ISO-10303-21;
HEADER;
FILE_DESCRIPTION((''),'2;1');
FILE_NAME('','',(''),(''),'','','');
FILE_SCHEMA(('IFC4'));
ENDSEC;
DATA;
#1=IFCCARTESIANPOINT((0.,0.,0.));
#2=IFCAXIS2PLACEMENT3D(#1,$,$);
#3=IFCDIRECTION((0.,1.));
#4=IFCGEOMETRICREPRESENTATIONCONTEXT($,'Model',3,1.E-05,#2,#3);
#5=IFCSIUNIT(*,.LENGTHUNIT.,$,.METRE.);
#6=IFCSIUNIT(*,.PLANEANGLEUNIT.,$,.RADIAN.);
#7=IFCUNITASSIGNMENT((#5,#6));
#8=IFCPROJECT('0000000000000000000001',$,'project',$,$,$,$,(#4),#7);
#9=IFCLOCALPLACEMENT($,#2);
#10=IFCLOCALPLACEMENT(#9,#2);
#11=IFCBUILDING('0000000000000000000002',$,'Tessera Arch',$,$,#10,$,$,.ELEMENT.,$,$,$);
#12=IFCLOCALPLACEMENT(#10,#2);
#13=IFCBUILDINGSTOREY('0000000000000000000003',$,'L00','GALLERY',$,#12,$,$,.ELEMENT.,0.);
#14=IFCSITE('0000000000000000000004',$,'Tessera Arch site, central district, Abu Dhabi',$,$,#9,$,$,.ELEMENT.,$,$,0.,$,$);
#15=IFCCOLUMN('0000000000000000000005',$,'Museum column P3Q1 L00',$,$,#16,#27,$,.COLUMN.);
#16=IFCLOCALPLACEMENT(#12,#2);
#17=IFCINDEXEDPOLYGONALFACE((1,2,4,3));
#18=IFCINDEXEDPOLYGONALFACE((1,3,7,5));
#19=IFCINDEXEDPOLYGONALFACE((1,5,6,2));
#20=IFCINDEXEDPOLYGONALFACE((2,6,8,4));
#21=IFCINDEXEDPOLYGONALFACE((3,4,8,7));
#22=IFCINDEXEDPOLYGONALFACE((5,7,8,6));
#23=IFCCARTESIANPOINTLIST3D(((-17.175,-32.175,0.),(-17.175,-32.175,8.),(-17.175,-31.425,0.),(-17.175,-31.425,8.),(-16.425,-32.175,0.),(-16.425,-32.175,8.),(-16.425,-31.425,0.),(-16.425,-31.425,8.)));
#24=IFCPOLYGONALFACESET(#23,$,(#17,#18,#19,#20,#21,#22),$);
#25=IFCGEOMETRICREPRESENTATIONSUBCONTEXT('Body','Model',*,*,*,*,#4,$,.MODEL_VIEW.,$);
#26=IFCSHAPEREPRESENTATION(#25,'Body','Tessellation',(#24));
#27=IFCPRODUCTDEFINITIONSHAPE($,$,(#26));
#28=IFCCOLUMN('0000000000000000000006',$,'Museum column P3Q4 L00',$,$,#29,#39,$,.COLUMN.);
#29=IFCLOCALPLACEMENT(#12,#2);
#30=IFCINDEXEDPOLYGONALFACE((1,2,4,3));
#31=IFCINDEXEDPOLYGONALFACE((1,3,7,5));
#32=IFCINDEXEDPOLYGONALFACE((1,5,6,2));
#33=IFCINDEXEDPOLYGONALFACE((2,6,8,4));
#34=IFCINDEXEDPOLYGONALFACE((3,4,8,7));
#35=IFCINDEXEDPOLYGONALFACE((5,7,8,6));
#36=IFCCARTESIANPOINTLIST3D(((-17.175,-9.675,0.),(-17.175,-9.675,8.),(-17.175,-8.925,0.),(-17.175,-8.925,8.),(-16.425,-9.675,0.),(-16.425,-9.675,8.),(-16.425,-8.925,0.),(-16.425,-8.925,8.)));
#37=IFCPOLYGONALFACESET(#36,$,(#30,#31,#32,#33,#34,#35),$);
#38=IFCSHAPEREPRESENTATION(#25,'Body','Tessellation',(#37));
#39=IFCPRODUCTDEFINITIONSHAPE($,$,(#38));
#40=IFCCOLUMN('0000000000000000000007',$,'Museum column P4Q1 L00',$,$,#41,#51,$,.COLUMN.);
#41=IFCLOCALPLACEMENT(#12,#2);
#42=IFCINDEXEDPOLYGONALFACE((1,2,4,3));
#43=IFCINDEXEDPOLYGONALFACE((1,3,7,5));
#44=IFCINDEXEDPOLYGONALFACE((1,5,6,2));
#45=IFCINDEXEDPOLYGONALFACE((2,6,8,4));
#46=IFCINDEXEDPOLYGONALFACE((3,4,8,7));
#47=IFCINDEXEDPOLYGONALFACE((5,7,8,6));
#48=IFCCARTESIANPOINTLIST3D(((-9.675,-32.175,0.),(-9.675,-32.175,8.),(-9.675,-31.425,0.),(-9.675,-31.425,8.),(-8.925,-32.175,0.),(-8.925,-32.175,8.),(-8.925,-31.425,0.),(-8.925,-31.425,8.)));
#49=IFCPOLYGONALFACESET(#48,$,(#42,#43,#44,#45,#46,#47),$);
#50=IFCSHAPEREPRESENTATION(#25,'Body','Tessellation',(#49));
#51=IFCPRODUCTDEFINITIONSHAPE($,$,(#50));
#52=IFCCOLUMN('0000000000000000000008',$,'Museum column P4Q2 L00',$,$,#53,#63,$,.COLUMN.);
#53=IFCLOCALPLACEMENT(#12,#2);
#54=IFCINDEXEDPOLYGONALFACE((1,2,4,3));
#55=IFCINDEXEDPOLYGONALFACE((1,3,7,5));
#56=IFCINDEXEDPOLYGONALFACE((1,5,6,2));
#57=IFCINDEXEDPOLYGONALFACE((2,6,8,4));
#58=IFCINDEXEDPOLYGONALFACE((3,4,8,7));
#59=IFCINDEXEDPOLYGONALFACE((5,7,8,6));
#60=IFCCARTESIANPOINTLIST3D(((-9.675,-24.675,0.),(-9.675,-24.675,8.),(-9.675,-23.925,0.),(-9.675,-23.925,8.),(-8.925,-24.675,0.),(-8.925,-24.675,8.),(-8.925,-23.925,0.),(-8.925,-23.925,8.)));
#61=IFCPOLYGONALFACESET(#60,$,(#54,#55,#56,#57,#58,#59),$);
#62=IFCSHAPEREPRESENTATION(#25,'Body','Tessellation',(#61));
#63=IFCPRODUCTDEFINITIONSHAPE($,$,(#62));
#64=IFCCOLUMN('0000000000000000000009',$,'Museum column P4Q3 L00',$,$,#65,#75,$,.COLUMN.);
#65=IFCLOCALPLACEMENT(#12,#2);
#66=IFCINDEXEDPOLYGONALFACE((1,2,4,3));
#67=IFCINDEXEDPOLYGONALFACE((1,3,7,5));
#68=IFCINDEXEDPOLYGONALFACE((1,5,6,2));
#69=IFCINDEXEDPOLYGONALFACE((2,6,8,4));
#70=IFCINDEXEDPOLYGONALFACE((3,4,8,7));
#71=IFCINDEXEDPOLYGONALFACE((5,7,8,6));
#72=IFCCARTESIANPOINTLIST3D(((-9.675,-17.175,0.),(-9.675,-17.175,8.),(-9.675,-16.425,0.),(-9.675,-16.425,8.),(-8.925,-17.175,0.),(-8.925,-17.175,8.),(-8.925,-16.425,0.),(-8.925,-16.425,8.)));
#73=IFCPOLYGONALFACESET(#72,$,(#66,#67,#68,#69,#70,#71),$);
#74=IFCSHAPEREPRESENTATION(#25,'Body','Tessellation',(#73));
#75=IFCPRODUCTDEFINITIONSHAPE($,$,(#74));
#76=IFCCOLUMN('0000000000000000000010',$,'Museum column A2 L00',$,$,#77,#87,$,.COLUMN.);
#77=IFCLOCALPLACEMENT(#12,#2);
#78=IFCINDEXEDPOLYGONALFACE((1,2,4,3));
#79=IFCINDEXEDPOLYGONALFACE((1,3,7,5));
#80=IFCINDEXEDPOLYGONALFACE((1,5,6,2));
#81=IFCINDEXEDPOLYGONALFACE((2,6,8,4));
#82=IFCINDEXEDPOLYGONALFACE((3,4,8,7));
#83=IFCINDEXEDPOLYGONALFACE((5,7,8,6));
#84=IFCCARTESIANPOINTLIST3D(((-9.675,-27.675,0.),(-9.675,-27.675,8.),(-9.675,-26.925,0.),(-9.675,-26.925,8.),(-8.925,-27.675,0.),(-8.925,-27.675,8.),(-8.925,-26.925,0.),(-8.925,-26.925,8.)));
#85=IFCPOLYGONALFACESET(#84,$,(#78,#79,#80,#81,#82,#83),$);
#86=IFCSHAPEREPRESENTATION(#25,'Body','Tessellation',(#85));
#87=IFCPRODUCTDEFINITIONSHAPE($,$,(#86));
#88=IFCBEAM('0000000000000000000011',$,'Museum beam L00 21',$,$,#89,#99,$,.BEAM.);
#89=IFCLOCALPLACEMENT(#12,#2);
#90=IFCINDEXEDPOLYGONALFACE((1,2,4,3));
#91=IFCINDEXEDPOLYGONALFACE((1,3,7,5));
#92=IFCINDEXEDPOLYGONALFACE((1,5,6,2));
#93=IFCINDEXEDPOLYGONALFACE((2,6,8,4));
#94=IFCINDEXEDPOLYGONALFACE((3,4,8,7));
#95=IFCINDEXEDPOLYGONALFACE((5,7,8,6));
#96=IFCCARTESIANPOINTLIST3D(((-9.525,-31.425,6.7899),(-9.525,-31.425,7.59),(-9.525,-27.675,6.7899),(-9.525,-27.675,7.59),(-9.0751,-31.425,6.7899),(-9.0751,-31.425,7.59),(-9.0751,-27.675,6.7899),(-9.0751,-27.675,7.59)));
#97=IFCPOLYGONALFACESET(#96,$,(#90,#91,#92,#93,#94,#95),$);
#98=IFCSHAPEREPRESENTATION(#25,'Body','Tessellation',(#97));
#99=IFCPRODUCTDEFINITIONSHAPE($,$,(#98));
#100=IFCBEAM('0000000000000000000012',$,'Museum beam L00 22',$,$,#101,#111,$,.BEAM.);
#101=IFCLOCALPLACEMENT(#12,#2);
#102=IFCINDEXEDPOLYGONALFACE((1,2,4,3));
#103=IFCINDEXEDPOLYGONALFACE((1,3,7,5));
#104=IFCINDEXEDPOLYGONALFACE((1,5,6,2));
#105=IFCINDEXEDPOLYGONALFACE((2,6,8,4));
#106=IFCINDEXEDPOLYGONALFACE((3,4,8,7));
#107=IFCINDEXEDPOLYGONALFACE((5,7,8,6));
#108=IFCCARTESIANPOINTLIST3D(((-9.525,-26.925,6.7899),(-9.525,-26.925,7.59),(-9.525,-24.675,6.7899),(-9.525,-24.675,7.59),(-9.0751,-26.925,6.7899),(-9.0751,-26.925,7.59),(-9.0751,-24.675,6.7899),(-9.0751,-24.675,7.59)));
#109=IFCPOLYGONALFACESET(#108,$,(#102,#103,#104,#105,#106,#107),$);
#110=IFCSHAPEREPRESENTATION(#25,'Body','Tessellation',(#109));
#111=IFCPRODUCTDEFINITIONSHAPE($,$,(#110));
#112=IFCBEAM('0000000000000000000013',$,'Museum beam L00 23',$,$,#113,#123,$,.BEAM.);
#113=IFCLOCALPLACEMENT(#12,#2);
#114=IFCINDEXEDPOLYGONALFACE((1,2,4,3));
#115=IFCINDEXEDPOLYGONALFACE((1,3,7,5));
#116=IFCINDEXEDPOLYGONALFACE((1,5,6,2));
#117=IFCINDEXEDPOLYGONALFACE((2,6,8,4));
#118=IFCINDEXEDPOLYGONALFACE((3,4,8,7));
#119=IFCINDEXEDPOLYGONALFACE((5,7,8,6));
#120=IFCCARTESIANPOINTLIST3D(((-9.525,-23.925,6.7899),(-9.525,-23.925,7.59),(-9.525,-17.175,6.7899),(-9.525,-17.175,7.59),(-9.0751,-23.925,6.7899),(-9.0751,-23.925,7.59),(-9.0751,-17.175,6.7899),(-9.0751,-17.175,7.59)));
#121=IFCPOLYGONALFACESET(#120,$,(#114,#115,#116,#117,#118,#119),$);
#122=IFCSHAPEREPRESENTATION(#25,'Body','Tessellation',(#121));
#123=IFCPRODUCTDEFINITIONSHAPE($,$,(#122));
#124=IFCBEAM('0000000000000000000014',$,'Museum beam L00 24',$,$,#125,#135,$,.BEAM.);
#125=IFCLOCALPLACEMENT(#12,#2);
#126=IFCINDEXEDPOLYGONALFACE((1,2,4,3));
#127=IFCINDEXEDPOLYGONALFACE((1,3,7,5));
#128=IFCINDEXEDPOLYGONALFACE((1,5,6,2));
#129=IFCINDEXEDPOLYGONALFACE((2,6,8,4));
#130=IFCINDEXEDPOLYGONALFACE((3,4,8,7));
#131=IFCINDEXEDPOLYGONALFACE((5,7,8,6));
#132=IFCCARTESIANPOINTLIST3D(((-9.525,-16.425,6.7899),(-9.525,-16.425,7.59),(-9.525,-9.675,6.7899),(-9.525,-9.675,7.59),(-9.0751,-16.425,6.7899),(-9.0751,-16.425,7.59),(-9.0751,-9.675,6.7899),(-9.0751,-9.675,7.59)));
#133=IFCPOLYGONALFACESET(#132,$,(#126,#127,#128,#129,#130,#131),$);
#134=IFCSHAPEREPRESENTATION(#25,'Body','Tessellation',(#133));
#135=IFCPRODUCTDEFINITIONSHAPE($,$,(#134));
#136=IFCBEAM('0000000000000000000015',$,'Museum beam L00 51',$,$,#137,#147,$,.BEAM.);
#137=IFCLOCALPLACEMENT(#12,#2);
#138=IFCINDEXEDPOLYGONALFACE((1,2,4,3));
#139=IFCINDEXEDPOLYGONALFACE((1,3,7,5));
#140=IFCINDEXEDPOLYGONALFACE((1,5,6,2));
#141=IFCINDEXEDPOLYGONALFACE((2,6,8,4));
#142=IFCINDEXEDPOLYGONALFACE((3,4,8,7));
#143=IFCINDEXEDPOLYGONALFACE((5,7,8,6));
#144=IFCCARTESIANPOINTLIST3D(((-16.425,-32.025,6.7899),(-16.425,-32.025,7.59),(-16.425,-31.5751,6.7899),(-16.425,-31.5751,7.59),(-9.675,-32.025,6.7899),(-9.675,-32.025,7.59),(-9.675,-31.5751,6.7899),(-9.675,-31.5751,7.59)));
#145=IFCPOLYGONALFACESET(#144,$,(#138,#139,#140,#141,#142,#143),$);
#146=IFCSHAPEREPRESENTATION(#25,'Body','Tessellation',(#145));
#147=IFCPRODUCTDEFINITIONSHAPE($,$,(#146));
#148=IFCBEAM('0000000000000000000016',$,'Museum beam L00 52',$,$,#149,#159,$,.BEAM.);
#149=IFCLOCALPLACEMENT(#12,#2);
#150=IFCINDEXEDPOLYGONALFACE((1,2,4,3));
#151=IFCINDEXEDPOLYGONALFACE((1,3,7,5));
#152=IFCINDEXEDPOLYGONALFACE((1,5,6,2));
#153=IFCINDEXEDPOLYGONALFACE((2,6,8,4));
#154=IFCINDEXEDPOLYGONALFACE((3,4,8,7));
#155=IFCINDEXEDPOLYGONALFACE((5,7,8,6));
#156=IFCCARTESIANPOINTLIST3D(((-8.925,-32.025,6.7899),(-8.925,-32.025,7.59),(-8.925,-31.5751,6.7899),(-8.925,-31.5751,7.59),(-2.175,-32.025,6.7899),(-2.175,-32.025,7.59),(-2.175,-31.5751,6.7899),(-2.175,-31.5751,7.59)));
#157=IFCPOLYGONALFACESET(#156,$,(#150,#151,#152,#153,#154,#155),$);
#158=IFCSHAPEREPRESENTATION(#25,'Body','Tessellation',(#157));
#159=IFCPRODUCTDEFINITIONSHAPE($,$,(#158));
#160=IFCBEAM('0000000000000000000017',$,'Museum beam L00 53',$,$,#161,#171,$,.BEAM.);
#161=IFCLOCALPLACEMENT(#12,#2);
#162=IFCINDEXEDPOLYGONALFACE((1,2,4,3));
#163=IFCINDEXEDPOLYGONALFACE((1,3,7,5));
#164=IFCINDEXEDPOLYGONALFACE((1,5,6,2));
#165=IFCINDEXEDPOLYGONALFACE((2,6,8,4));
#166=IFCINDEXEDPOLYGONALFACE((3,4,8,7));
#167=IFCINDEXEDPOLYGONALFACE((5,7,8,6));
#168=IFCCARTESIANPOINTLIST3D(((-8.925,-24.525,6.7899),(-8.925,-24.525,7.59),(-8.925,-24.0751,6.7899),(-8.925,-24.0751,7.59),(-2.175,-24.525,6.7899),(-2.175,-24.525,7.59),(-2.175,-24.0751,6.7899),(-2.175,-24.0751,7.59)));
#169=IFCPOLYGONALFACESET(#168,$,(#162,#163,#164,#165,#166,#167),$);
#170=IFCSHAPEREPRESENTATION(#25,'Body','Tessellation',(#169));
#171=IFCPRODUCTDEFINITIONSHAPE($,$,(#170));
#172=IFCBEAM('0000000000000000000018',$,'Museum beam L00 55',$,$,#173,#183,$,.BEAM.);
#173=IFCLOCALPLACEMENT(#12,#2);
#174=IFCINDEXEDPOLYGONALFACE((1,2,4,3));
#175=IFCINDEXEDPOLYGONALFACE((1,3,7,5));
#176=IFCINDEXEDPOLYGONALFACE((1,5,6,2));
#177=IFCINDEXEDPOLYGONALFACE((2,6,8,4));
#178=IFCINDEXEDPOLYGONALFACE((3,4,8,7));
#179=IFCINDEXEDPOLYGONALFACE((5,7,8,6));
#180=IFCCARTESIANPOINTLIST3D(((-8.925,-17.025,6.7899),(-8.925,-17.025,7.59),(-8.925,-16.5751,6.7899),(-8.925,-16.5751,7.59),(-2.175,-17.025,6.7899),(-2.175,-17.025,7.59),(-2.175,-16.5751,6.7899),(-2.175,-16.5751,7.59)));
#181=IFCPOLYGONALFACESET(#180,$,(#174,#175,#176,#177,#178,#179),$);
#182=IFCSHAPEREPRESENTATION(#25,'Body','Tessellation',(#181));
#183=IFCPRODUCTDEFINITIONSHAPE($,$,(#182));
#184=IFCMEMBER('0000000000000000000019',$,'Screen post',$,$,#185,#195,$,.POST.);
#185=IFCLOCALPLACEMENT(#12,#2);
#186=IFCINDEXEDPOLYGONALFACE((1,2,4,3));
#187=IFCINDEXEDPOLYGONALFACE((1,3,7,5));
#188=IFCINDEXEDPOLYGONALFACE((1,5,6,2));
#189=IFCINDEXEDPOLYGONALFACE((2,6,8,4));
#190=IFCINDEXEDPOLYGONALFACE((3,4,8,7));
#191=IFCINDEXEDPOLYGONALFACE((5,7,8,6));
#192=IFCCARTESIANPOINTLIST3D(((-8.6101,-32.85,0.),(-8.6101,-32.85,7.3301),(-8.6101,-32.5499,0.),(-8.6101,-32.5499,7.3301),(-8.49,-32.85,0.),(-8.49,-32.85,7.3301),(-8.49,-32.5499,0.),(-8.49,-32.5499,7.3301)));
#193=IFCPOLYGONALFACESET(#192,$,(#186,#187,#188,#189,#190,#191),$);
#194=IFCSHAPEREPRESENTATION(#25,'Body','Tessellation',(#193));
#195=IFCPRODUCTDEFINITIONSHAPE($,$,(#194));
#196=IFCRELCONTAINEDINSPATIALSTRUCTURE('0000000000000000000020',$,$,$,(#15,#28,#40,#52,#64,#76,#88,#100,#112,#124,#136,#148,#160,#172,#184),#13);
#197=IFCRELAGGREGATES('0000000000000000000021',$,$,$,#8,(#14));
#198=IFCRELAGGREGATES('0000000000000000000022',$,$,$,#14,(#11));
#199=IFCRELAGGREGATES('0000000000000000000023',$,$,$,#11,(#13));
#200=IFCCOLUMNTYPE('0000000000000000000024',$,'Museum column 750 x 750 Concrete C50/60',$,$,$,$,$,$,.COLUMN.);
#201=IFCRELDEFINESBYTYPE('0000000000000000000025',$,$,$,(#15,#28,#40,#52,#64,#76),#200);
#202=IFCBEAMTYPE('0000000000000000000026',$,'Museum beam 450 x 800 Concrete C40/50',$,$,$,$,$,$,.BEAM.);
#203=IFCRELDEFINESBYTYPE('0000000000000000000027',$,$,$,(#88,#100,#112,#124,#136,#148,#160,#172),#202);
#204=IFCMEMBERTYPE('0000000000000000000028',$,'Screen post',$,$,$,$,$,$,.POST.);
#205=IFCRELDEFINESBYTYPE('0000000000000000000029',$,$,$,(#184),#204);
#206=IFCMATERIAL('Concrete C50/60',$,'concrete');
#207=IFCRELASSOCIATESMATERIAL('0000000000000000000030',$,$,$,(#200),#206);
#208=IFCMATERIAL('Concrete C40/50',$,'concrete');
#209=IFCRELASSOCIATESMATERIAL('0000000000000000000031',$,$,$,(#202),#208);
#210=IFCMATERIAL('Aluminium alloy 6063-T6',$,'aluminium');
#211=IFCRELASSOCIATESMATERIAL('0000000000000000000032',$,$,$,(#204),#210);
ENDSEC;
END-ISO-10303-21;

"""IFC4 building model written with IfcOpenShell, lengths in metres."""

from ifc_helpers import new_model, si_unit, direction, frame, origin, origin_2d, place, context, subcontext, project, spatial, rectangle, extrude, material, material_profile, profile_set, type_object, element, save


model = new_model("IFC4")

# Units and contexts
model_context = context("Model", 3, precision=1e-05, world=origin(), true_north=direction((0.0, 1.0)))
body_context = subcontext(model_context, "Body", "Model", "MODEL_VIEW")
ifc_project = project(units=[si_unit("LENGTHUNIT", "METRE"), si_unit("PLANEANGLEUNIT", "RADIAN")], contexts=[model_context])

# Site, building, storey
site_placement = place(None, origin())
site = spatial("IfcSite", under=ifc_project, at=site_placement, Name="Tessera Arch site, central district, Abu Dhabi", CompositionType="ELEMENT", RefElevation=0.0)
building_placement = place(site_placement, origin())
building = spatial("IfcBuilding", under=site, at=building_placement, Name="Tessera Arch", CompositionType="ELEMENT")
storey_placement = place(building_placement, origin())
storey = spatial("IfcBuildingStorey", under=building, at=storey_placement, Name="L00", Description="GALLERY", CompositionType="ELEMENT", Elevation=0.0)

# Columns
ifc_material_1 = material(Name="Concrete C50/60", Category="concrete")
ifc_material_profile_1 = material_profile(ifc_material_1, rectangle(XDim=0.75, YDim=0.75, at=origin_2d()), Name="Museum column 750 x 750 Concrete C50/60")
ifc_profile_set_1 = profile_set([ifc_material_profile_1], Name="Concrete C50/60")
column_type = type_object("IfcColumnType", Name="Museum column 750 x 750 Concrete C50/60", PredefinedType="COLUMN", material=ifc_profile_set_1)
for number, where, z_axis, x_axis, name in (
    (1, (-16.8, -31.8, 0.0), (0.0, 0.0, 1.0), (1.0, 0.0, 0.0), "Museum column P3Q1 L00"),
    (2, (-16.8, -9.3, 0.0), (0.0, 0.0, 1.0), (1.0, 0.0, 0.0), "Museum column P3Q4 L00"),
    (3, (-9.3, -31.8, 0.0), (0.0, 0.0, 1.0), (1.0, 0.0, 0.0), "Museum column P4Q1 L00"),
    (4, (-9.3, -24.3, 0.0), (0.0, 0.0, 1.0), (1.0, 0.0, 0.0), "Museum column P4Q2 L00"),
    (5, (-9.3, -16.8, 0.0), (0.0, 0.0, 1.0), (1.0, 0.0, 0.0), "Museum column P4Q3 L00"),
    (6, (-9.3, -27.3, 0.0), (0.0, 0.0, 1.0), (1.0, 0.0, 0.0), "Museum column A2 L00"),
):
    element("IfcColumn", number, at=place(storey_placement, frame(where, z_axis=z_axis, x_axis=x_axis)), inside=storey, type_object=column_type, Name=name, PredefinedType="COLUMN", context=body_context, shape_type="SweptSolid", body=[
        extrude(rectangle(XDim=0.75, YDim=0.75, at=origin_2d()), origin(), (0.0, 0.0, 1.0), 8.0),
    ])

# Beams
ifc_material_2 = material(Name="Concrete C40/50", Category="concrete")
ifc_material_profile_2 = material_profile(ifc_material_2, rectangle(XDim=0.45, YDim=0.8, at=origin_2d()), Name="Museum beam 450 x 800 Concrete C40/50")
ifc_profile_set_2 = profile_set([ifc_material_profile_2], Name="Concrete C40/50")
beam_type = type_object("IfcBeamType", Name="Museum beam 450 x 800 Concrete C40/50", PredefinedType="BEAM", material=ifc_profile_set_2)
beam_1_placement = place(storey_placement, frame((-9.3, -31.425, 7.1899), z_axis=(0.0, 1.0, 0.0), x_axis=(-1.0, 0.0, 0.0)))
element("IfcBeam", 7, at=beam_1_placement, inside=storey, type_object=beam_type, Name="Museum beam L00 21", PredefinedType="BEAM", context=body_context, shape_type="SweptSolid", body=[
    extrude(rectangle(XDim=0.45, YDim=0.8, at=origin_2d()), origin(), (0.0, 0.0, 1.0), 3.75),
])
beam_2_placement = place(storey_placement, frame((-9.3, -26.925, 7.1899), z_axis=(0.0, 1.0, 0.0), x_axis=(-1.0, 0.0, 0.0)))
element("IfcBeam", 8, at=beam_2_placement, inside=storey, type_object=beam_type, Name="Museum beam L00 22", PredefinedType="BEAM", context=body_context, shape_type="SweptSolid", body=[
    extrude(rectangle(XDim=0.45, YDim=0.8, at=origin_2d()), origin(), (0.0, 0.0, 1.0), 2.25),
])
for number, where, z_axis, x_axis, name in (
    (9, (-9.3, -23.925, 7.1899), (0.0, 1.0, 0.0), (-1.0, 0.0, 0.0), "Museum beam L00 23"),
    (10, (-9.3, -16.425, 7.1899), (0.0, 1.0, 0.0), (-1.0, 0.0, 0.0), "Museum beam L00 24"),
    (11, (-16.425, -31.8, 7.1899), (1.0, 0.0, 0.0), (0.0, 1.0, 0.0), "Museum beam L00 51"),
    (12, (-8.925, -31.8, 7.1899), (1.0, 0.0, 0.0), (0.0, 1.0, 0.0), "Museum beam L00 52"),
    (13, (-8.925, -24.3, 7.1899), (1.0, 0.0, 0.0), (0.0, 1.0, 0.0), "Museum beam L00 53"),
    (14, (-8.925, -16.8, 7.1899), (1.0, 0.0, 0.0), (0.0, 1.0, 0.0), "Museum beam L00 55"),
):
    element("IfcBeam", number, at=place(storey_placement, frame(where, z_axis=z_axis, x_axis=x_axis)), inside=storey, type_object=beam_type, Name=name, PredefinedType="BEAM", context=body_context, shape_type="SweptSolid", body=[
        extrude(rectangle(XDim=0.45, YDim=0.8, at=origin_2d()), origin(), (0.0, 0.0, 1.0), 6.75),
    ])

# Member
ifc_material_3 = material(Name="Aluminium alloy 6063-T6", Category="aluminium")
ifc_material_profile_3 = material_profile(ifc_material_3, rectangle(XDim=0.3, YDim=0.1201, at=origin_2d()), Name="AL 120x300")
ifc_profile_set_3 = profile_set([ifc_material_profile_3], Name="Aluminium alloy 6063-T6")
member_type = type_object("IfcMemberType", Name="Screen post", PredefinedType="POST", material=ifc_profile_set_3)
member_placement = place(storey_placement, frame((-8.55, -32.7, 0.0), z_axis=(0.0, 0.0, 1.0), x_axis=(0.0, -1.0, 0.0)))
element("IfcMember", 15, at=member_placement, inside=storey, type_object=member_type, Name="Screen post", PredefinedType="POST", context=body_context, shape_type="SweptSolid", body=[
    extrude(rectangle(XDim=0.3, YDim=0.1201, at=origin_2d()), origin(), (0.0, 0.0, 1.0), 7.3301),
])

save(model, "model.ifc")
